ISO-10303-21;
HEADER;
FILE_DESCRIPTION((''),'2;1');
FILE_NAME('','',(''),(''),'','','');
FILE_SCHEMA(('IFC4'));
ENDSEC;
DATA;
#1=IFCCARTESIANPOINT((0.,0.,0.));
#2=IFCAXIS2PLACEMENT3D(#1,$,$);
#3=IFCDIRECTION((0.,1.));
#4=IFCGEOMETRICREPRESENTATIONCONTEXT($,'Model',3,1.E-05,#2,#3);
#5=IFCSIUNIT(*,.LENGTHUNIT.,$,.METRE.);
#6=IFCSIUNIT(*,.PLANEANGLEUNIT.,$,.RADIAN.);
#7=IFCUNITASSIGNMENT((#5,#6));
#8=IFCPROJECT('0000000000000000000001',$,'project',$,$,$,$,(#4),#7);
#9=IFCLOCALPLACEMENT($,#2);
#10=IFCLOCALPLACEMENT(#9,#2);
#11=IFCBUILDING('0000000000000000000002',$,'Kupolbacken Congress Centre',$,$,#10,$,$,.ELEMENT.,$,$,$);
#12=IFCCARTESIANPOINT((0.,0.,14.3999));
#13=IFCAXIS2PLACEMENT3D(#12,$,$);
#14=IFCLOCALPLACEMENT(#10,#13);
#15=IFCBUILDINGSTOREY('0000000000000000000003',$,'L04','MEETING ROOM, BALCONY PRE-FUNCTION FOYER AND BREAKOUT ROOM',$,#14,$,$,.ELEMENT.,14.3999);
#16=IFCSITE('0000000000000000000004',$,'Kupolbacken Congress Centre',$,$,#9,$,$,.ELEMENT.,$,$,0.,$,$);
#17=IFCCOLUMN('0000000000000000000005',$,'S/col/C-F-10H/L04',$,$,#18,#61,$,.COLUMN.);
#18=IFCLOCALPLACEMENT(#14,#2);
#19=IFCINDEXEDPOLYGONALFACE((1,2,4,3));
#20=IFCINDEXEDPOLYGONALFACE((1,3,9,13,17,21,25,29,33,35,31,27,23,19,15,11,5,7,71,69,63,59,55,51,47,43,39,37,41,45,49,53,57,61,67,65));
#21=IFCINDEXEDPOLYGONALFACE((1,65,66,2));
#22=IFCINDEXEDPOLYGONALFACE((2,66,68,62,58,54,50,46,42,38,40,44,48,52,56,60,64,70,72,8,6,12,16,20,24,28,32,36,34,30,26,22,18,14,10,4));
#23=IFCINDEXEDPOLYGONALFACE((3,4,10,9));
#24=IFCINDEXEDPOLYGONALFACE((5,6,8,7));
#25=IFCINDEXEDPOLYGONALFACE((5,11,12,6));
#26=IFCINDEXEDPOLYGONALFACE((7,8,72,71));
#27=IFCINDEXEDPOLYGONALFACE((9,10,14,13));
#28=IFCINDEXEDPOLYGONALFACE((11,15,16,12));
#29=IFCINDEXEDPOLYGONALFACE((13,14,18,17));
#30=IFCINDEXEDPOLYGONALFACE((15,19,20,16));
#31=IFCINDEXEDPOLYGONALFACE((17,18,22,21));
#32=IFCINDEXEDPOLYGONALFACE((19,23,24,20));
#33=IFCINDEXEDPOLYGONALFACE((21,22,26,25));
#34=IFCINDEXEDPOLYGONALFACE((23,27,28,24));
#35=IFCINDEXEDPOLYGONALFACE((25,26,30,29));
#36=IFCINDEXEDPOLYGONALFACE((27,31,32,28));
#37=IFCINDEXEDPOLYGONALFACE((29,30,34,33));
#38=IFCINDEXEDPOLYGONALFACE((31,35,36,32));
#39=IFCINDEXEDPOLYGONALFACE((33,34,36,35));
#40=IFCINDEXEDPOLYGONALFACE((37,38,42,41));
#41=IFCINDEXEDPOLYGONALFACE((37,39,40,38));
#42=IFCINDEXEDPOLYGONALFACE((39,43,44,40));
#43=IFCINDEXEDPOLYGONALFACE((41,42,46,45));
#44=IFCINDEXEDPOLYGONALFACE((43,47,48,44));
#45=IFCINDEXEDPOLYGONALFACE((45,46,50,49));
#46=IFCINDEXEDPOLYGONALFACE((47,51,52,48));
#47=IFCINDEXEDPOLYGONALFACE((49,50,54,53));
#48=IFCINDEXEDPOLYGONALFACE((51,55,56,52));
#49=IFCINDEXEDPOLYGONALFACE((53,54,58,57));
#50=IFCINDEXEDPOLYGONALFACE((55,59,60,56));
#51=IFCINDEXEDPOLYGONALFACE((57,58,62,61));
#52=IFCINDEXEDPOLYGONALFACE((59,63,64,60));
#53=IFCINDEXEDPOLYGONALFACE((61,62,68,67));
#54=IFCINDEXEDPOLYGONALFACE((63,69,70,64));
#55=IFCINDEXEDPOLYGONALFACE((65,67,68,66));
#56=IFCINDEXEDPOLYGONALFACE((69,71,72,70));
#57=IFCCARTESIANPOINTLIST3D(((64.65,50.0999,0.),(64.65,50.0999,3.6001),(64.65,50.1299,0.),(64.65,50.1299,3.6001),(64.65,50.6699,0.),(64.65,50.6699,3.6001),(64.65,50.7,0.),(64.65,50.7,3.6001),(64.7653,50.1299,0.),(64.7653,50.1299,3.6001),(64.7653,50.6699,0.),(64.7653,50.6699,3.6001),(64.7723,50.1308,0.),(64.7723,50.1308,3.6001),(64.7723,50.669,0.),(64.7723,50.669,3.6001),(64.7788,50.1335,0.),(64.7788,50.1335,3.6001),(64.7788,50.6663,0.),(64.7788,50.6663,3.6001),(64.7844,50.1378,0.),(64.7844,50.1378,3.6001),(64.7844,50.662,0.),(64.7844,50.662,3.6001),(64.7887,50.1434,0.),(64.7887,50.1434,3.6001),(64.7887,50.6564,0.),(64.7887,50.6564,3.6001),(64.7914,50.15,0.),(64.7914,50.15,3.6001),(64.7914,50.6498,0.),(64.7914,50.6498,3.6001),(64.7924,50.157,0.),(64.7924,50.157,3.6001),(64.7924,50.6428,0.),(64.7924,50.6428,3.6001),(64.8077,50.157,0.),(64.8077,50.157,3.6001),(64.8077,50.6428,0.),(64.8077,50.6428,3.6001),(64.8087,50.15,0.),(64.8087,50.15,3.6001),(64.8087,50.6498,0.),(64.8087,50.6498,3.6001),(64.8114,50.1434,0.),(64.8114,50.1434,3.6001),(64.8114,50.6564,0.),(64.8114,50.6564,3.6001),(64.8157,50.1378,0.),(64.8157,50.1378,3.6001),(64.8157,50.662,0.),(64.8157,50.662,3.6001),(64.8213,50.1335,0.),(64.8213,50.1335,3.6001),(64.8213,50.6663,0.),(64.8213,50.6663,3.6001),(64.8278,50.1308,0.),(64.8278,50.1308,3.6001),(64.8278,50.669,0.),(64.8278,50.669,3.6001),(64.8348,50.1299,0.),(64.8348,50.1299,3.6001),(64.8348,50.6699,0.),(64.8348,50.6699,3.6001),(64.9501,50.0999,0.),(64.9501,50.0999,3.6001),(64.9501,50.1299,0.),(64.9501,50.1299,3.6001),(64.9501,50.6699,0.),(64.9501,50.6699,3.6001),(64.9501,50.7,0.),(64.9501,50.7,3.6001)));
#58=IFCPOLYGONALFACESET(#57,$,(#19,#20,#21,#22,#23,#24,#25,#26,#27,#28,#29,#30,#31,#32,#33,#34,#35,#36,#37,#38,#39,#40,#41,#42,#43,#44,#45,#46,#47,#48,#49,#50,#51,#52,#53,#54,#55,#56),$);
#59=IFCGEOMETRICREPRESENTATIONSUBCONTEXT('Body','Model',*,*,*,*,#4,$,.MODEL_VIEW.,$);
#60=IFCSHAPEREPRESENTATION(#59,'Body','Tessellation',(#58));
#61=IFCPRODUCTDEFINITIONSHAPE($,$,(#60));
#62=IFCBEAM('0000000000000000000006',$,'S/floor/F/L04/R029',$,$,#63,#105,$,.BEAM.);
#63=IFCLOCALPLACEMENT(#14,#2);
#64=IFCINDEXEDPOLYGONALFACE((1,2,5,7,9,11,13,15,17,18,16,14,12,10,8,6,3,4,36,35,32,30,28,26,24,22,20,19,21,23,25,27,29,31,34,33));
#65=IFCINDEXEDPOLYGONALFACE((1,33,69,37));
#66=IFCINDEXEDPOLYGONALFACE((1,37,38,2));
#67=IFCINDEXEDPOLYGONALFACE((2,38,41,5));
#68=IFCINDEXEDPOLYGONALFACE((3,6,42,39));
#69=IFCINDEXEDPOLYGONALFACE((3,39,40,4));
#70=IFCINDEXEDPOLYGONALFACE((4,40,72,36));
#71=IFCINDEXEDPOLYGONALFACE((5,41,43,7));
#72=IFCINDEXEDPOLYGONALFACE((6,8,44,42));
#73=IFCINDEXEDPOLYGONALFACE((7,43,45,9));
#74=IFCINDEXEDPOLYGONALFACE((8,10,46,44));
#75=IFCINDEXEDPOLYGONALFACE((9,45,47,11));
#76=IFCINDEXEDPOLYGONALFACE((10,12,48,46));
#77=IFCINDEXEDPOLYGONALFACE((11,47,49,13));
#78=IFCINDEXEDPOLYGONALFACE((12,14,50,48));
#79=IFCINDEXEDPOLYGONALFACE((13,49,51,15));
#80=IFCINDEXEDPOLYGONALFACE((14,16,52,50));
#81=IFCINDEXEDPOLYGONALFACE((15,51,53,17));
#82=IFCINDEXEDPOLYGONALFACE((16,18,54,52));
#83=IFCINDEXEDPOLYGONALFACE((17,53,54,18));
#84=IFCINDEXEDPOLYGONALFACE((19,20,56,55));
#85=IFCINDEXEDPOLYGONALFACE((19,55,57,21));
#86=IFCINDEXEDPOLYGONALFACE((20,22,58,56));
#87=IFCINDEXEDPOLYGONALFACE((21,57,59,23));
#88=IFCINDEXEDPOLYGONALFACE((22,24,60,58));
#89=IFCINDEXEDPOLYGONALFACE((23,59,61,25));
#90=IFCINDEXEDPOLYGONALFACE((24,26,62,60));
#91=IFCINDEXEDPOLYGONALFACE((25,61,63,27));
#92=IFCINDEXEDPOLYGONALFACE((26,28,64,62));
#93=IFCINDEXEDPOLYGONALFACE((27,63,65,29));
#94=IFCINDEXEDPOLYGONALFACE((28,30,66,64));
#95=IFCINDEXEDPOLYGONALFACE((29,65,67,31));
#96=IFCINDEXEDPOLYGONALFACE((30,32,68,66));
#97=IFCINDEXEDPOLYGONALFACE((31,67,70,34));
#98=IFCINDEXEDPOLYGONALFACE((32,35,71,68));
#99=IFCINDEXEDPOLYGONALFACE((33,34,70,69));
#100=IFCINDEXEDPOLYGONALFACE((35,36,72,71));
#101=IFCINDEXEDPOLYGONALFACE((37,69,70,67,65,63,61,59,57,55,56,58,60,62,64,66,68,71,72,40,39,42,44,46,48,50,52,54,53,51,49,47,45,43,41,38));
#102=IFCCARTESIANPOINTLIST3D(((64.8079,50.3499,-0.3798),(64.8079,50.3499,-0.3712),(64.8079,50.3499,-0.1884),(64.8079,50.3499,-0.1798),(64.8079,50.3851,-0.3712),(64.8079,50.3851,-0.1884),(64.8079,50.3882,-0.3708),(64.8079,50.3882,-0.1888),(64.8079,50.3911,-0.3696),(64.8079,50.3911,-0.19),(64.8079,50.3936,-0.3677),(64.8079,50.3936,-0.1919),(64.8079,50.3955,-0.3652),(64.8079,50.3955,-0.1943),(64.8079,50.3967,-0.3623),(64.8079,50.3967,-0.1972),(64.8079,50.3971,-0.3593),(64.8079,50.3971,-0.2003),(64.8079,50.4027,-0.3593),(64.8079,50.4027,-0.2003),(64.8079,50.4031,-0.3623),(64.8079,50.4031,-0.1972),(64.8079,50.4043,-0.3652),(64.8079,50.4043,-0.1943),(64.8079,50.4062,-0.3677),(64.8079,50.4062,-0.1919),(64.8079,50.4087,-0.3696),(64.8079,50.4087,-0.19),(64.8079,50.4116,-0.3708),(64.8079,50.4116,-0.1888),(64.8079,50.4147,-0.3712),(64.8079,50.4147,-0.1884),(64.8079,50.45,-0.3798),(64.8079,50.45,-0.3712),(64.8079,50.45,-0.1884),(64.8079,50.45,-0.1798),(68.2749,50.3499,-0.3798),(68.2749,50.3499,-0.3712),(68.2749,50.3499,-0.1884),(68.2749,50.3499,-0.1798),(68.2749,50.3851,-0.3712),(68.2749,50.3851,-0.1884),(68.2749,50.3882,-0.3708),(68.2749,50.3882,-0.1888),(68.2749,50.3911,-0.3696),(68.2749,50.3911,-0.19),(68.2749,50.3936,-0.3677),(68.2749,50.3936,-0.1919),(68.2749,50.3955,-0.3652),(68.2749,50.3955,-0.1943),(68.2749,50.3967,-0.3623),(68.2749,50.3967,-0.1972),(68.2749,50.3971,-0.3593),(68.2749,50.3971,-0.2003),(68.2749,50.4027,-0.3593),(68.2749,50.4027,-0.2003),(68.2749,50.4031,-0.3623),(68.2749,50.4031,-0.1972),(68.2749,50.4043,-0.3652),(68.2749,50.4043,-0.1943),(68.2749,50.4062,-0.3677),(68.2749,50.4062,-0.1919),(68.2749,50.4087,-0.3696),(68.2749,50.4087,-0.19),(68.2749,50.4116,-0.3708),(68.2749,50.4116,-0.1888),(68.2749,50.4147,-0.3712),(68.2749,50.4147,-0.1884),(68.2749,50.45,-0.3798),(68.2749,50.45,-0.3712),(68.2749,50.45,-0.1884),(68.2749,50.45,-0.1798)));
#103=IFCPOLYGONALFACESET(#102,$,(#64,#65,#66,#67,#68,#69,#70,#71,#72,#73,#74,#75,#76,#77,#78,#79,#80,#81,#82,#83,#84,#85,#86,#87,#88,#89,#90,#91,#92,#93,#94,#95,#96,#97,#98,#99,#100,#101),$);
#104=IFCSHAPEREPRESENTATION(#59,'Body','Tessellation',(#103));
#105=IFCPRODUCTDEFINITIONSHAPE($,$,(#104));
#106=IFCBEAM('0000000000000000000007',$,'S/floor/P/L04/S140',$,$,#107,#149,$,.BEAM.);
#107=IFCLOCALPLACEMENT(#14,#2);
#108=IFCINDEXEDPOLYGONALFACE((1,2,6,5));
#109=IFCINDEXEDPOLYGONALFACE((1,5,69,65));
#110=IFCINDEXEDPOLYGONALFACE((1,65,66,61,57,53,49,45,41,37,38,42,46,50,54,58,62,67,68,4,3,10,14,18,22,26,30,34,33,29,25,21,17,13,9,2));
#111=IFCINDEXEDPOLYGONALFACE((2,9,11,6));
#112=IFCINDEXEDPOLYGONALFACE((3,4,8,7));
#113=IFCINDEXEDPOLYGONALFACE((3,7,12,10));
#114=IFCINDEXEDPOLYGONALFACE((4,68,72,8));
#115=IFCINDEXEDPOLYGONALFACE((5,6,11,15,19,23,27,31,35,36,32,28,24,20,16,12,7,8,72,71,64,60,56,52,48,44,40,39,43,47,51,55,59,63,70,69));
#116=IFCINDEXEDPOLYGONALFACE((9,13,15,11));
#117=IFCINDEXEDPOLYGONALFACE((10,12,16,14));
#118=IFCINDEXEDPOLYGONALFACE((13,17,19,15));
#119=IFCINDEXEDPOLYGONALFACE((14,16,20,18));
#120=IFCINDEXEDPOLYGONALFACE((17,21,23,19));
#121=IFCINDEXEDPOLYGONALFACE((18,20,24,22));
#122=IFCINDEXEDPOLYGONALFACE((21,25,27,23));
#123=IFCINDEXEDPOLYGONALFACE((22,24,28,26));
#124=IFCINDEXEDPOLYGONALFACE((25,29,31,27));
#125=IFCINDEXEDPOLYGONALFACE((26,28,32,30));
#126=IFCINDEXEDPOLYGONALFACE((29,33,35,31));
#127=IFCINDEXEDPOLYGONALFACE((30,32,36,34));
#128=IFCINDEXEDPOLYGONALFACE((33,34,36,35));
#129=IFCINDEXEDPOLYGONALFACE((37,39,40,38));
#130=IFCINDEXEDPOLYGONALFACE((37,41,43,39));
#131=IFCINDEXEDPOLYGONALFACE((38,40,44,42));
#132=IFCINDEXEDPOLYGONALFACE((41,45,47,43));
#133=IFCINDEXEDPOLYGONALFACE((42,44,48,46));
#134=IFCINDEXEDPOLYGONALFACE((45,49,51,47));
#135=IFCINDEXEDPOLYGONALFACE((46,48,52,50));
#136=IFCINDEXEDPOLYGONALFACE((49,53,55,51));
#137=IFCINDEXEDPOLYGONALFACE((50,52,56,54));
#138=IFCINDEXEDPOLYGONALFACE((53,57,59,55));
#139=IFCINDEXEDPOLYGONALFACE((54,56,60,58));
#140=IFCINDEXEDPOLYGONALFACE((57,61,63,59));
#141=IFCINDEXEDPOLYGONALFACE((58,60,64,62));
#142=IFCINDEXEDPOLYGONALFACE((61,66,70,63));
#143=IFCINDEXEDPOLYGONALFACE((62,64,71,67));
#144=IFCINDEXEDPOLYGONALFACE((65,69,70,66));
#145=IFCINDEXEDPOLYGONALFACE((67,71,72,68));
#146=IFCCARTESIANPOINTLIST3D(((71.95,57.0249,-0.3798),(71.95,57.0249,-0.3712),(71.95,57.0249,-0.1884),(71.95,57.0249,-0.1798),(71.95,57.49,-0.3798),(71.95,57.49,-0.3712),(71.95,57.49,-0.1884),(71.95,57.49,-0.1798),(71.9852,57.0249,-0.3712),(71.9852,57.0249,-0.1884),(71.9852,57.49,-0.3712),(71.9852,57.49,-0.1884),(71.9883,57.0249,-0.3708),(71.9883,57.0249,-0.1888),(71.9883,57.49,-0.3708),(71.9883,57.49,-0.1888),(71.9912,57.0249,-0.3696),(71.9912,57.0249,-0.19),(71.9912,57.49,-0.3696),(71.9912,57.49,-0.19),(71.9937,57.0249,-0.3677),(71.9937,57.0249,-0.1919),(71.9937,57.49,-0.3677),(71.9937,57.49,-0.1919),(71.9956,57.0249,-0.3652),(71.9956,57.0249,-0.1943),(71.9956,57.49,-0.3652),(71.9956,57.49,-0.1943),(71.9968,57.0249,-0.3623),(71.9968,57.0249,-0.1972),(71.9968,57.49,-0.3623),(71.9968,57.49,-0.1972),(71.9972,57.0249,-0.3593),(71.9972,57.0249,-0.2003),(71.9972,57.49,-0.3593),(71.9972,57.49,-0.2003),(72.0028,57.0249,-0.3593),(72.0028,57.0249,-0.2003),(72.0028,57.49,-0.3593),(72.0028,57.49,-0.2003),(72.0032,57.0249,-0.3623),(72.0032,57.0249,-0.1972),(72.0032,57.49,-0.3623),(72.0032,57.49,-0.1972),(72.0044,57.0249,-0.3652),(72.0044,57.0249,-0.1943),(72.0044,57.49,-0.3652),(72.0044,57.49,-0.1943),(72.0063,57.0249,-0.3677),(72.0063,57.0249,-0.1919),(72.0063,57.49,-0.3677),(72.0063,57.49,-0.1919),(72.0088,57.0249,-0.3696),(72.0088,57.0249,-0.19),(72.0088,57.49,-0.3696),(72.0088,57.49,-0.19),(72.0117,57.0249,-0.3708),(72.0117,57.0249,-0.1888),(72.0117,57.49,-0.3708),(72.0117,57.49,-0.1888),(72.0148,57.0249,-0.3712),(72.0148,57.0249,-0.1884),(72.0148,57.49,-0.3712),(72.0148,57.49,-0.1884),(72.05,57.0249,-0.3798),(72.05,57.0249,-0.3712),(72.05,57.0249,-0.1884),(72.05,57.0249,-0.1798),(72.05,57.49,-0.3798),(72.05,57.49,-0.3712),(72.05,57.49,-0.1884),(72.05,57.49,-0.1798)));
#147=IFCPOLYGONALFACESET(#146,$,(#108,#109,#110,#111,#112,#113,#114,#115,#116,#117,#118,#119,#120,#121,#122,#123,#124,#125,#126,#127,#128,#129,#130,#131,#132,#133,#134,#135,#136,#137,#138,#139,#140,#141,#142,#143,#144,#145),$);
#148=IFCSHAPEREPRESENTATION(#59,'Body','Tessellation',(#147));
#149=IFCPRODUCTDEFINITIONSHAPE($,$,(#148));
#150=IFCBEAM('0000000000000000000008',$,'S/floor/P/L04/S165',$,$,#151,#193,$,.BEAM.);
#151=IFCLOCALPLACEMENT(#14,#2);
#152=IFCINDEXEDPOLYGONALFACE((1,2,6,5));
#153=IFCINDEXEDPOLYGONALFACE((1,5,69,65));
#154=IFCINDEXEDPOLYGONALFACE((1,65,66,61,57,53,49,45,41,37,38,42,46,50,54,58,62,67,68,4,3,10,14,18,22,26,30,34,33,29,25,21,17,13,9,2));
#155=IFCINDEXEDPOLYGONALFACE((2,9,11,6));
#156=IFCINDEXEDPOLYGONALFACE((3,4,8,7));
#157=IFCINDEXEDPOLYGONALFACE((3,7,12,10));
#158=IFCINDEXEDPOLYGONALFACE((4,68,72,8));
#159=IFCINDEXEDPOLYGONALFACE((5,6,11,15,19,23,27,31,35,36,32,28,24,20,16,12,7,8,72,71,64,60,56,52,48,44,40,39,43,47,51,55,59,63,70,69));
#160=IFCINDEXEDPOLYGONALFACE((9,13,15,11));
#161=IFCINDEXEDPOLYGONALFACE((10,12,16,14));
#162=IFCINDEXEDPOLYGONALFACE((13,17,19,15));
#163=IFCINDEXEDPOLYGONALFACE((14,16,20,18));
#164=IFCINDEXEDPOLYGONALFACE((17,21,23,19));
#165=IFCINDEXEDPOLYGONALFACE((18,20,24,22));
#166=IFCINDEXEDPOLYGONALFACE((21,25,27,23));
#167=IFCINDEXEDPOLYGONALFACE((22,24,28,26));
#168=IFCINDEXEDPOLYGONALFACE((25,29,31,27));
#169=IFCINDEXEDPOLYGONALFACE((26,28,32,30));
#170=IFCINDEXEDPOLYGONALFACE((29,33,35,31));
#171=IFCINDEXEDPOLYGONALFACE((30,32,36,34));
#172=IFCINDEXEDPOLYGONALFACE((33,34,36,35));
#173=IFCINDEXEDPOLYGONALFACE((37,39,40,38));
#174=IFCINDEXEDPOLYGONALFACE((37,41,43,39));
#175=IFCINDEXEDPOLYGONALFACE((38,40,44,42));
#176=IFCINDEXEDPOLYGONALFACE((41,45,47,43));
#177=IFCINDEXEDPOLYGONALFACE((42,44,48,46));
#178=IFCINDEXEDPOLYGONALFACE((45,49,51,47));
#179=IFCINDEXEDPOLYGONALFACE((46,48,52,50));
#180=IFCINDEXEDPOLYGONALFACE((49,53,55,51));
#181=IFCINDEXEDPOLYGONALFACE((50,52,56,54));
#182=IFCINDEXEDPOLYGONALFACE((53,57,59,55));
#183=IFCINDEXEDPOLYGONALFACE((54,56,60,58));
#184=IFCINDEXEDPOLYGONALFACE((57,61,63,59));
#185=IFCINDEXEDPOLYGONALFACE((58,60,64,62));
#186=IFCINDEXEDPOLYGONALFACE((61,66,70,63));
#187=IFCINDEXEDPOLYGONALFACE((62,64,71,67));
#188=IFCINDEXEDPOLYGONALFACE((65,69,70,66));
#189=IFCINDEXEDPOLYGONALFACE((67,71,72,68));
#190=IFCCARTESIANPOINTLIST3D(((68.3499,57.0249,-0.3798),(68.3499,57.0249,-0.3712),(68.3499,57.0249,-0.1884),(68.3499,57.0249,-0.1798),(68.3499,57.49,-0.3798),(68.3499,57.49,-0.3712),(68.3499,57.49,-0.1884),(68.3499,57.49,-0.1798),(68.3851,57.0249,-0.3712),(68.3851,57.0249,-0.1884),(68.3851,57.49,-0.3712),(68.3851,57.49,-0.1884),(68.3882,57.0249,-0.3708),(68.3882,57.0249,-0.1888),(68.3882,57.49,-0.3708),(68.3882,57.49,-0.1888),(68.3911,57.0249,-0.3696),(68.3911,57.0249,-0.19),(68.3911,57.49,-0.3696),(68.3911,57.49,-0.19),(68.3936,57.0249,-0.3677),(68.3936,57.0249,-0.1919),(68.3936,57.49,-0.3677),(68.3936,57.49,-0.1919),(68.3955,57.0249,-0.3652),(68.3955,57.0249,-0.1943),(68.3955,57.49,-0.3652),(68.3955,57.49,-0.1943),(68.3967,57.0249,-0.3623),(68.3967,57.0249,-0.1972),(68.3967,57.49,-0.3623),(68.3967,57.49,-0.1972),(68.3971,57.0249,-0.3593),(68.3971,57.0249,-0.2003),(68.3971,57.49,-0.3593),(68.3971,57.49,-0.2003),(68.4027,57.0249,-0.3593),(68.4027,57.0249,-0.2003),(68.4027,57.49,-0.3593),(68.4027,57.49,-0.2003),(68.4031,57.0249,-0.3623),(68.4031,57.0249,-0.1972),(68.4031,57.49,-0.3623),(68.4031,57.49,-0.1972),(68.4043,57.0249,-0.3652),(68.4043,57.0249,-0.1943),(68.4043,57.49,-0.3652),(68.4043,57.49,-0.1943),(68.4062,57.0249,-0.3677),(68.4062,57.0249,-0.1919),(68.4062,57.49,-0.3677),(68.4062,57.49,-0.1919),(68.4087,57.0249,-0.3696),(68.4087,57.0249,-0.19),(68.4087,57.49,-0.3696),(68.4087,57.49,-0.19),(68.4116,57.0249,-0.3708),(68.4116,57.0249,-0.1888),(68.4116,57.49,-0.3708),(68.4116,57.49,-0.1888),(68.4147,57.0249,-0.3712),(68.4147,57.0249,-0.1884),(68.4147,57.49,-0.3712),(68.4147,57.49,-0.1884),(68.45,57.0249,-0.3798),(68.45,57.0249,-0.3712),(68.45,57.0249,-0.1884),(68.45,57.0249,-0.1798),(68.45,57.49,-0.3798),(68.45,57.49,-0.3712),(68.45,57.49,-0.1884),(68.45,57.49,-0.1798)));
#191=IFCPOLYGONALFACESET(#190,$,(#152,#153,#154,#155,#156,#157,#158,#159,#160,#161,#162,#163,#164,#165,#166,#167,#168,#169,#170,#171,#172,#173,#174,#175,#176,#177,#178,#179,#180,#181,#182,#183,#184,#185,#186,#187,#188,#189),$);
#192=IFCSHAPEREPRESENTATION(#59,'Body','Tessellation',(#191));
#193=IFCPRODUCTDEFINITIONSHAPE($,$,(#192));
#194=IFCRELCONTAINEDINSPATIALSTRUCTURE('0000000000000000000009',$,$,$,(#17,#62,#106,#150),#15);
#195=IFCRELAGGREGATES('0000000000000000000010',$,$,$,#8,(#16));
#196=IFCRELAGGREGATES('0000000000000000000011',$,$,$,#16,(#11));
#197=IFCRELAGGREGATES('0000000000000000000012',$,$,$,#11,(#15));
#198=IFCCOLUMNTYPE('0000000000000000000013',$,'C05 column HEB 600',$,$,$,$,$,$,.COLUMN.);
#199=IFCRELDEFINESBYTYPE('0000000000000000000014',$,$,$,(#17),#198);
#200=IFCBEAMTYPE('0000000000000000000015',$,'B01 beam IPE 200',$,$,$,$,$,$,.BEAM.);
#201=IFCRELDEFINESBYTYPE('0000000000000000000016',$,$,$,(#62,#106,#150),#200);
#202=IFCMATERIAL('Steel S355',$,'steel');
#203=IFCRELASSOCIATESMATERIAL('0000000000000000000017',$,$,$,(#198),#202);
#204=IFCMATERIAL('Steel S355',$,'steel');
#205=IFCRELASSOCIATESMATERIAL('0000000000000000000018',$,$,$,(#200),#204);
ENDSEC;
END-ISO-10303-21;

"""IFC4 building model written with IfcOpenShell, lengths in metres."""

from ifc_helpers import new_model, si_unit, direction, frame, origin, origin_2d, place, context, subcontext, project, spatial, i_section, extrude, material, material_profile, profile_set, type_object, element, save


model = new_model("IFC4")

# Units and contexts
model_context = context("Model", 3, precision=1e-05, world=origin(), true_north=direction((0.0, 1.0)))
body_context = subcontext(model_context, "Body", "Model", "MODEL_VIEW")
ifc_project = project(units=[si_unit("LENGTHUNIT", "METRE"), si_unit("PLANEANGLEUNIT", "RADIAN")], contexts=[model_context])

# Site, building, storey
site_placement = place(None, origin())
site = spatial("IfcSite", under=ifc_project, at=site_placement, Name="Kupolbacken Congress Centre", CompositionType="ELEMENT", RefElevation=0.0)
building_placement = place(site_placement, origin())
building = spatial("IfcBuilding", under=site, at=building_placement, Name="Kupolbacken Congress Centre", CompositionType="ELEMENT")
storey_placement = place(building_placement, frame((0.0, 0.0, 14.3999)))
storey = spatial("IfcBuildingStorey", under=building, at=storey_placement, Name="L04", Description="MEETING ROOM, BALCONY PRE-FUNCTION FOYER AND BREAKOUT ROOM", CompositionType="ELEMENT", Elevation=14.3999)

# Column
ifc_material_1 = material(Name="Steel S355", Category="steel")
ifc_material_profile_1 = material_profile(ifc_material_1, i_section(OverallWidth=0.3, OverallDepth=0.6001, WebThickness=0.0154, FlangeThickness=0.03, FilletRadius=0.0271, at=origin_2d()), Name="HEB 600")
ifc_profile_set_1 = profile_set([ifc_material_profile_1], Name="Steel S355")
column_type = type_object("IfcColumnType", Name="C05 column HEB 600", PredefinedType="COLUMN", material=ifc_profile_set_1)
column_placement = place(storey_placement, frame((64.8, 50.3999, 0.0), z_axis=(0.0, 0.0, 1.0), x_axis=(1.0, 0.0, 0.0)))
element("IfcColumn", 1, at=column_placement, inside=storey, type_object=column_type, Name="S/col/C-F-10H/L04", PredefinedType="COLUMN", context=body_context, shape_type="SweptSolid", body=[
    extrude(i_section(OverallWidth=0.3, OverallDepth=0.6001, WebThickness=0.0154, FlangeThickness=0.03, FilletRadius=0.0271, at=origin_2d()), origin(), (0.0, 0.0, 1.0), 3.6001),
])

# Beams
ifc_material_2 = material(Name="Steel S355", Category="steel")
ifc_material_profile_2 = material_profile(ifc_material_2, i_section(OverallWidth=0.1001, OverallDepth=0.2, WebThickness=0.0056, FlangeThickness=0.0085, FilletRadius=0.012, at=origin_2d()), Name="IPE 200")
ifc_profile_set_2 = profile_set([ifc_material_profile_2], Name="Steel S355")
beam_type_1 = type_object("IfcBeamType", Name="B01 beam IPE 200", PredefinedType="BEAM", material=ifc_profile_set_2)
beam_1_placement = place(storey_placement, frame((64.8079, 50.3999, -0.2798), z_axis=(1.0, 0.0, 0.0), x_axis=(0.0, 1.0, 0.0)))
element("IfcBeam", 2, at=beam_1_placement, inside=storey, type_object=beam_type_1, Name="S/floor/F/L04/R029", PredefinedType="BEAM", context=body_context, shape_type="SweptSolid", body=[
    extrude(i_section(OverallWidth=0.1001, OverallDepth=0.2, WebThickness=0.0056, FlangeThickness=0.0085, FilletRadius=0.012, at=origin_2d()), origin(), (0.0, 0.0, 1.0), 3.467),
])
for number, where, z_axis, x_axis, name in (
    (3, (72.0, 57.0249, -0.2798), (0.0, 1.0, 0.0), (-1.0, 0.0, 0.0), "S/floor/P/L04/S140"),
    (4, (68.3999, 57.0249, -0.2798), (0.0, 1.0, 0.0), (-1.0, 0.0, 0.0), "S/floor/P/L04/S165"),
):
    element("IfcBeam", number, at=place(storey_placement, frame(where, z_axis=z_axis, x_axis=x_axis)), inside=storey, type_object=beam_type_1, Name=name, PredefinedType="BEAM", context=body_context, shape_type="SweptSolid", body=[
        extrude(i_section(OverallWidth=0.1001, OverallDepth=0.2, WebThickness=0.0056, FlangeThickness=0.0085, FilletRadius=0.012, at=origin_2d()), origin(), (0.0, 0.0, 1.0), 0.4651),
    ])

save(model, "model.ifc")
